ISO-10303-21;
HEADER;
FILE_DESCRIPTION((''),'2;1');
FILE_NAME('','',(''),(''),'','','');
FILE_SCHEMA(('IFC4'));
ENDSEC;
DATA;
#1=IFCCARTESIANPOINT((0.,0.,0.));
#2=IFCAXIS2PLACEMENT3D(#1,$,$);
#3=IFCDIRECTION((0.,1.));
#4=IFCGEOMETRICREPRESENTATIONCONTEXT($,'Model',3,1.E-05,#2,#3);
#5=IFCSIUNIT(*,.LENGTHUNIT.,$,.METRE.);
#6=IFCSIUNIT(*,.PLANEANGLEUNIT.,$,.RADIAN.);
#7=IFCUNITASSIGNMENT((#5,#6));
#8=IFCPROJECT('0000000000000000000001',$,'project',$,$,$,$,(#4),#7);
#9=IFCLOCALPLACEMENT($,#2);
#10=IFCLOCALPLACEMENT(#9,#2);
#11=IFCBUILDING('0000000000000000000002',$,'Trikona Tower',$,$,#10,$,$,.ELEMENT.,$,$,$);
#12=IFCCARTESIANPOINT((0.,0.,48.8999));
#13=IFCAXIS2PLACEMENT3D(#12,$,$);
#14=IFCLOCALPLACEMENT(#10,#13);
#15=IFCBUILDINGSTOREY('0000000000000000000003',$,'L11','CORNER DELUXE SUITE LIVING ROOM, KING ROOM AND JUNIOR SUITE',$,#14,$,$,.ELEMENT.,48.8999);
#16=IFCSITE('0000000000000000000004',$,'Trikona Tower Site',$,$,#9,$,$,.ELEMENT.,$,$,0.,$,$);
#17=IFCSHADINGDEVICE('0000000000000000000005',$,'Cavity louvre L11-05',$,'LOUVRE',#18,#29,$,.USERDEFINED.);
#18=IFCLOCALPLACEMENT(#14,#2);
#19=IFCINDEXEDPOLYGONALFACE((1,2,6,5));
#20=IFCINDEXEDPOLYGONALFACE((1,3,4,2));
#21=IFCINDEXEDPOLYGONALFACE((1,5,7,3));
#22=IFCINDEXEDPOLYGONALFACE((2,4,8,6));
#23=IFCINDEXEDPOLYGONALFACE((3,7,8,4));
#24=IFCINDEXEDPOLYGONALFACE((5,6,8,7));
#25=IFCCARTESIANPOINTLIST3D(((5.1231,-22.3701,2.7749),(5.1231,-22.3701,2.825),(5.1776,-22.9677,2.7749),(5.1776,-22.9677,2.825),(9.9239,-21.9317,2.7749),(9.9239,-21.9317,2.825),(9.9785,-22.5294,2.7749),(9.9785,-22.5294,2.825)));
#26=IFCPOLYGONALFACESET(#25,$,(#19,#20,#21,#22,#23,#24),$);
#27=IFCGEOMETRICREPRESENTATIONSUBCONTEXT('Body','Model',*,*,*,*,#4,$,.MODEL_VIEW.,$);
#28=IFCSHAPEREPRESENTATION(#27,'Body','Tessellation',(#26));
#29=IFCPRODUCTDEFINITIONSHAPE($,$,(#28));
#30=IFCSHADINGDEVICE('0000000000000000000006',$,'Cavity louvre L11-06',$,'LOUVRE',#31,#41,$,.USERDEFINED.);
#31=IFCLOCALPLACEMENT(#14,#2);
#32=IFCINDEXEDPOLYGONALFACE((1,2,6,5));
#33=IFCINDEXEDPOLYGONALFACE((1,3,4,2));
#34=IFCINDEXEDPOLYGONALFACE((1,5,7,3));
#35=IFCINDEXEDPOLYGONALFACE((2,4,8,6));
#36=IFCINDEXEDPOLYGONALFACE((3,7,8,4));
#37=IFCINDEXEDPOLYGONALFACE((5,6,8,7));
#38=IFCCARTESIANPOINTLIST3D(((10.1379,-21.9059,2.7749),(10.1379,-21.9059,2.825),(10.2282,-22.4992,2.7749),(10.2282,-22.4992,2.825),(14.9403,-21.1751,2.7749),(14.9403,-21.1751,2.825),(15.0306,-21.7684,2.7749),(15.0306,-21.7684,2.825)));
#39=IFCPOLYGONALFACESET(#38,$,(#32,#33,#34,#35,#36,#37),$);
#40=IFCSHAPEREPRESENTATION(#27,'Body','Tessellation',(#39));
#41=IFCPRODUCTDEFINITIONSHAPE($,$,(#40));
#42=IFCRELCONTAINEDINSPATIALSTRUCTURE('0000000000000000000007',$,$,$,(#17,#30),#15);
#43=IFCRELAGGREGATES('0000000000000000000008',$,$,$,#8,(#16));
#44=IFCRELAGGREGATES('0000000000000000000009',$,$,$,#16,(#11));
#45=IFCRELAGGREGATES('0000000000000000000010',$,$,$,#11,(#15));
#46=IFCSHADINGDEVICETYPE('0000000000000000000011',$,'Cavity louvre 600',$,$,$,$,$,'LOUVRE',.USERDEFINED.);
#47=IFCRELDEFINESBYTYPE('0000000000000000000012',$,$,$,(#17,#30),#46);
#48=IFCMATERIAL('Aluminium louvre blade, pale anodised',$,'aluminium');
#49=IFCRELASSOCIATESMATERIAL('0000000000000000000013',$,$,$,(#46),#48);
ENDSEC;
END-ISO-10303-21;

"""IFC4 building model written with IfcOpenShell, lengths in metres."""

from ifc_helpers import new_model, si_unit, direction, frame, origin, origin_2d, place, context, subcontext, project, spatial, rectangle, extrude, material, type_object, element, save


model = new_model("IFC4")

# Units and contexts
model_context = context("Model", 3, precision=1e-05, world=origin(), true_north=direction((0.0, 1.0)))
body_context = subcontext(model_context, "Body", "Model", "MODEL_VIEW")
ifc_project = project(units=[si_unit("LENGTHUNIT", "METRE"), si_unit("PLANEANGLEUNIT", "RADIAN")], contexts=[model_context])

# Site, building, storey
site_placement = place(None, origin())
site = spatial("IfcSite", under=ifc_project, at=site_placement, Name="Trikona Tower Site", CompositionType="ELEMENT", RefElevation=0.0)
building_placement = place(site_placement, origin())
building = spatial("IfcBuilding", under=site, at=building_placement, Name="Trikona Tower", CompositionType="ELEMENT")
storey_placement = place(building_placement, frame((0.0, 0.0, 48.8999)))
storey = spatial("IfcBuildingStorey", under=building, at=storey_placement, Name="L11", Description="CORNER DELUXE SUITE LIVING ROOM, KING ROOM AND JUNIOR SUITE", CompositionType="ELEMENT", Elevation=48.8999)

# Shading devices
ifc_material_1 = material(Name="Aluminium louvre blade, pale anodised", Category="aluminium")
shading_device_type = type_object("IfcShadingDeviceType", Name="Cavity louvre 600", ElementType="LOUVRE", PredefinedType="USERDEFINED", material=ifc_material_1)
shading_device_1_placement = place(storey_placement, frame((7.5508, -22.4497, 2.7749), z_axis=(0.0, 0.0, 1.0), x_axis=(0.995858, 0.090921, 0.0)))
element("IfcShadingDevice", 1, at=shading_device_1_placement, inside=storey, type_object=shading_device_type, Name="Cavity louvre L11-05", ObjectType="LOUVRE", PredefinedType="USERDEFINED", context=body_context, shape_type="SweptSolid", body=[
    extrude(rectangle(XDim=4.8208, YDim=0.6001, at=origin_2d()), origin(), (0.0, 0.0, 1.0), 0.05),
])
shading_device_2_placement = place(storey_placement, frame((12.5842, -21.8372, 2.7749), z_axis=(0.0, 0.0, 1.0), x_axis=(0.988618, 0.150448, 0.0)))
element("IfcShadingDevice", 2, at=shading_device_2_placement, inside=storey, type_object=shading_device_type, Name="Cavity louvre L11-06", ObjectType="LOUVRE", PredefinedType="USERDEFINED", context=body_context, shape_type="SweptSolid", body=[
    extrude(rectangle(XDim=4.8577, YDim=0.6001, at=origin_2d()), origin(), (0.0, 0.0, 1.0), 0.05),
])

save(model, "model.ifc")
